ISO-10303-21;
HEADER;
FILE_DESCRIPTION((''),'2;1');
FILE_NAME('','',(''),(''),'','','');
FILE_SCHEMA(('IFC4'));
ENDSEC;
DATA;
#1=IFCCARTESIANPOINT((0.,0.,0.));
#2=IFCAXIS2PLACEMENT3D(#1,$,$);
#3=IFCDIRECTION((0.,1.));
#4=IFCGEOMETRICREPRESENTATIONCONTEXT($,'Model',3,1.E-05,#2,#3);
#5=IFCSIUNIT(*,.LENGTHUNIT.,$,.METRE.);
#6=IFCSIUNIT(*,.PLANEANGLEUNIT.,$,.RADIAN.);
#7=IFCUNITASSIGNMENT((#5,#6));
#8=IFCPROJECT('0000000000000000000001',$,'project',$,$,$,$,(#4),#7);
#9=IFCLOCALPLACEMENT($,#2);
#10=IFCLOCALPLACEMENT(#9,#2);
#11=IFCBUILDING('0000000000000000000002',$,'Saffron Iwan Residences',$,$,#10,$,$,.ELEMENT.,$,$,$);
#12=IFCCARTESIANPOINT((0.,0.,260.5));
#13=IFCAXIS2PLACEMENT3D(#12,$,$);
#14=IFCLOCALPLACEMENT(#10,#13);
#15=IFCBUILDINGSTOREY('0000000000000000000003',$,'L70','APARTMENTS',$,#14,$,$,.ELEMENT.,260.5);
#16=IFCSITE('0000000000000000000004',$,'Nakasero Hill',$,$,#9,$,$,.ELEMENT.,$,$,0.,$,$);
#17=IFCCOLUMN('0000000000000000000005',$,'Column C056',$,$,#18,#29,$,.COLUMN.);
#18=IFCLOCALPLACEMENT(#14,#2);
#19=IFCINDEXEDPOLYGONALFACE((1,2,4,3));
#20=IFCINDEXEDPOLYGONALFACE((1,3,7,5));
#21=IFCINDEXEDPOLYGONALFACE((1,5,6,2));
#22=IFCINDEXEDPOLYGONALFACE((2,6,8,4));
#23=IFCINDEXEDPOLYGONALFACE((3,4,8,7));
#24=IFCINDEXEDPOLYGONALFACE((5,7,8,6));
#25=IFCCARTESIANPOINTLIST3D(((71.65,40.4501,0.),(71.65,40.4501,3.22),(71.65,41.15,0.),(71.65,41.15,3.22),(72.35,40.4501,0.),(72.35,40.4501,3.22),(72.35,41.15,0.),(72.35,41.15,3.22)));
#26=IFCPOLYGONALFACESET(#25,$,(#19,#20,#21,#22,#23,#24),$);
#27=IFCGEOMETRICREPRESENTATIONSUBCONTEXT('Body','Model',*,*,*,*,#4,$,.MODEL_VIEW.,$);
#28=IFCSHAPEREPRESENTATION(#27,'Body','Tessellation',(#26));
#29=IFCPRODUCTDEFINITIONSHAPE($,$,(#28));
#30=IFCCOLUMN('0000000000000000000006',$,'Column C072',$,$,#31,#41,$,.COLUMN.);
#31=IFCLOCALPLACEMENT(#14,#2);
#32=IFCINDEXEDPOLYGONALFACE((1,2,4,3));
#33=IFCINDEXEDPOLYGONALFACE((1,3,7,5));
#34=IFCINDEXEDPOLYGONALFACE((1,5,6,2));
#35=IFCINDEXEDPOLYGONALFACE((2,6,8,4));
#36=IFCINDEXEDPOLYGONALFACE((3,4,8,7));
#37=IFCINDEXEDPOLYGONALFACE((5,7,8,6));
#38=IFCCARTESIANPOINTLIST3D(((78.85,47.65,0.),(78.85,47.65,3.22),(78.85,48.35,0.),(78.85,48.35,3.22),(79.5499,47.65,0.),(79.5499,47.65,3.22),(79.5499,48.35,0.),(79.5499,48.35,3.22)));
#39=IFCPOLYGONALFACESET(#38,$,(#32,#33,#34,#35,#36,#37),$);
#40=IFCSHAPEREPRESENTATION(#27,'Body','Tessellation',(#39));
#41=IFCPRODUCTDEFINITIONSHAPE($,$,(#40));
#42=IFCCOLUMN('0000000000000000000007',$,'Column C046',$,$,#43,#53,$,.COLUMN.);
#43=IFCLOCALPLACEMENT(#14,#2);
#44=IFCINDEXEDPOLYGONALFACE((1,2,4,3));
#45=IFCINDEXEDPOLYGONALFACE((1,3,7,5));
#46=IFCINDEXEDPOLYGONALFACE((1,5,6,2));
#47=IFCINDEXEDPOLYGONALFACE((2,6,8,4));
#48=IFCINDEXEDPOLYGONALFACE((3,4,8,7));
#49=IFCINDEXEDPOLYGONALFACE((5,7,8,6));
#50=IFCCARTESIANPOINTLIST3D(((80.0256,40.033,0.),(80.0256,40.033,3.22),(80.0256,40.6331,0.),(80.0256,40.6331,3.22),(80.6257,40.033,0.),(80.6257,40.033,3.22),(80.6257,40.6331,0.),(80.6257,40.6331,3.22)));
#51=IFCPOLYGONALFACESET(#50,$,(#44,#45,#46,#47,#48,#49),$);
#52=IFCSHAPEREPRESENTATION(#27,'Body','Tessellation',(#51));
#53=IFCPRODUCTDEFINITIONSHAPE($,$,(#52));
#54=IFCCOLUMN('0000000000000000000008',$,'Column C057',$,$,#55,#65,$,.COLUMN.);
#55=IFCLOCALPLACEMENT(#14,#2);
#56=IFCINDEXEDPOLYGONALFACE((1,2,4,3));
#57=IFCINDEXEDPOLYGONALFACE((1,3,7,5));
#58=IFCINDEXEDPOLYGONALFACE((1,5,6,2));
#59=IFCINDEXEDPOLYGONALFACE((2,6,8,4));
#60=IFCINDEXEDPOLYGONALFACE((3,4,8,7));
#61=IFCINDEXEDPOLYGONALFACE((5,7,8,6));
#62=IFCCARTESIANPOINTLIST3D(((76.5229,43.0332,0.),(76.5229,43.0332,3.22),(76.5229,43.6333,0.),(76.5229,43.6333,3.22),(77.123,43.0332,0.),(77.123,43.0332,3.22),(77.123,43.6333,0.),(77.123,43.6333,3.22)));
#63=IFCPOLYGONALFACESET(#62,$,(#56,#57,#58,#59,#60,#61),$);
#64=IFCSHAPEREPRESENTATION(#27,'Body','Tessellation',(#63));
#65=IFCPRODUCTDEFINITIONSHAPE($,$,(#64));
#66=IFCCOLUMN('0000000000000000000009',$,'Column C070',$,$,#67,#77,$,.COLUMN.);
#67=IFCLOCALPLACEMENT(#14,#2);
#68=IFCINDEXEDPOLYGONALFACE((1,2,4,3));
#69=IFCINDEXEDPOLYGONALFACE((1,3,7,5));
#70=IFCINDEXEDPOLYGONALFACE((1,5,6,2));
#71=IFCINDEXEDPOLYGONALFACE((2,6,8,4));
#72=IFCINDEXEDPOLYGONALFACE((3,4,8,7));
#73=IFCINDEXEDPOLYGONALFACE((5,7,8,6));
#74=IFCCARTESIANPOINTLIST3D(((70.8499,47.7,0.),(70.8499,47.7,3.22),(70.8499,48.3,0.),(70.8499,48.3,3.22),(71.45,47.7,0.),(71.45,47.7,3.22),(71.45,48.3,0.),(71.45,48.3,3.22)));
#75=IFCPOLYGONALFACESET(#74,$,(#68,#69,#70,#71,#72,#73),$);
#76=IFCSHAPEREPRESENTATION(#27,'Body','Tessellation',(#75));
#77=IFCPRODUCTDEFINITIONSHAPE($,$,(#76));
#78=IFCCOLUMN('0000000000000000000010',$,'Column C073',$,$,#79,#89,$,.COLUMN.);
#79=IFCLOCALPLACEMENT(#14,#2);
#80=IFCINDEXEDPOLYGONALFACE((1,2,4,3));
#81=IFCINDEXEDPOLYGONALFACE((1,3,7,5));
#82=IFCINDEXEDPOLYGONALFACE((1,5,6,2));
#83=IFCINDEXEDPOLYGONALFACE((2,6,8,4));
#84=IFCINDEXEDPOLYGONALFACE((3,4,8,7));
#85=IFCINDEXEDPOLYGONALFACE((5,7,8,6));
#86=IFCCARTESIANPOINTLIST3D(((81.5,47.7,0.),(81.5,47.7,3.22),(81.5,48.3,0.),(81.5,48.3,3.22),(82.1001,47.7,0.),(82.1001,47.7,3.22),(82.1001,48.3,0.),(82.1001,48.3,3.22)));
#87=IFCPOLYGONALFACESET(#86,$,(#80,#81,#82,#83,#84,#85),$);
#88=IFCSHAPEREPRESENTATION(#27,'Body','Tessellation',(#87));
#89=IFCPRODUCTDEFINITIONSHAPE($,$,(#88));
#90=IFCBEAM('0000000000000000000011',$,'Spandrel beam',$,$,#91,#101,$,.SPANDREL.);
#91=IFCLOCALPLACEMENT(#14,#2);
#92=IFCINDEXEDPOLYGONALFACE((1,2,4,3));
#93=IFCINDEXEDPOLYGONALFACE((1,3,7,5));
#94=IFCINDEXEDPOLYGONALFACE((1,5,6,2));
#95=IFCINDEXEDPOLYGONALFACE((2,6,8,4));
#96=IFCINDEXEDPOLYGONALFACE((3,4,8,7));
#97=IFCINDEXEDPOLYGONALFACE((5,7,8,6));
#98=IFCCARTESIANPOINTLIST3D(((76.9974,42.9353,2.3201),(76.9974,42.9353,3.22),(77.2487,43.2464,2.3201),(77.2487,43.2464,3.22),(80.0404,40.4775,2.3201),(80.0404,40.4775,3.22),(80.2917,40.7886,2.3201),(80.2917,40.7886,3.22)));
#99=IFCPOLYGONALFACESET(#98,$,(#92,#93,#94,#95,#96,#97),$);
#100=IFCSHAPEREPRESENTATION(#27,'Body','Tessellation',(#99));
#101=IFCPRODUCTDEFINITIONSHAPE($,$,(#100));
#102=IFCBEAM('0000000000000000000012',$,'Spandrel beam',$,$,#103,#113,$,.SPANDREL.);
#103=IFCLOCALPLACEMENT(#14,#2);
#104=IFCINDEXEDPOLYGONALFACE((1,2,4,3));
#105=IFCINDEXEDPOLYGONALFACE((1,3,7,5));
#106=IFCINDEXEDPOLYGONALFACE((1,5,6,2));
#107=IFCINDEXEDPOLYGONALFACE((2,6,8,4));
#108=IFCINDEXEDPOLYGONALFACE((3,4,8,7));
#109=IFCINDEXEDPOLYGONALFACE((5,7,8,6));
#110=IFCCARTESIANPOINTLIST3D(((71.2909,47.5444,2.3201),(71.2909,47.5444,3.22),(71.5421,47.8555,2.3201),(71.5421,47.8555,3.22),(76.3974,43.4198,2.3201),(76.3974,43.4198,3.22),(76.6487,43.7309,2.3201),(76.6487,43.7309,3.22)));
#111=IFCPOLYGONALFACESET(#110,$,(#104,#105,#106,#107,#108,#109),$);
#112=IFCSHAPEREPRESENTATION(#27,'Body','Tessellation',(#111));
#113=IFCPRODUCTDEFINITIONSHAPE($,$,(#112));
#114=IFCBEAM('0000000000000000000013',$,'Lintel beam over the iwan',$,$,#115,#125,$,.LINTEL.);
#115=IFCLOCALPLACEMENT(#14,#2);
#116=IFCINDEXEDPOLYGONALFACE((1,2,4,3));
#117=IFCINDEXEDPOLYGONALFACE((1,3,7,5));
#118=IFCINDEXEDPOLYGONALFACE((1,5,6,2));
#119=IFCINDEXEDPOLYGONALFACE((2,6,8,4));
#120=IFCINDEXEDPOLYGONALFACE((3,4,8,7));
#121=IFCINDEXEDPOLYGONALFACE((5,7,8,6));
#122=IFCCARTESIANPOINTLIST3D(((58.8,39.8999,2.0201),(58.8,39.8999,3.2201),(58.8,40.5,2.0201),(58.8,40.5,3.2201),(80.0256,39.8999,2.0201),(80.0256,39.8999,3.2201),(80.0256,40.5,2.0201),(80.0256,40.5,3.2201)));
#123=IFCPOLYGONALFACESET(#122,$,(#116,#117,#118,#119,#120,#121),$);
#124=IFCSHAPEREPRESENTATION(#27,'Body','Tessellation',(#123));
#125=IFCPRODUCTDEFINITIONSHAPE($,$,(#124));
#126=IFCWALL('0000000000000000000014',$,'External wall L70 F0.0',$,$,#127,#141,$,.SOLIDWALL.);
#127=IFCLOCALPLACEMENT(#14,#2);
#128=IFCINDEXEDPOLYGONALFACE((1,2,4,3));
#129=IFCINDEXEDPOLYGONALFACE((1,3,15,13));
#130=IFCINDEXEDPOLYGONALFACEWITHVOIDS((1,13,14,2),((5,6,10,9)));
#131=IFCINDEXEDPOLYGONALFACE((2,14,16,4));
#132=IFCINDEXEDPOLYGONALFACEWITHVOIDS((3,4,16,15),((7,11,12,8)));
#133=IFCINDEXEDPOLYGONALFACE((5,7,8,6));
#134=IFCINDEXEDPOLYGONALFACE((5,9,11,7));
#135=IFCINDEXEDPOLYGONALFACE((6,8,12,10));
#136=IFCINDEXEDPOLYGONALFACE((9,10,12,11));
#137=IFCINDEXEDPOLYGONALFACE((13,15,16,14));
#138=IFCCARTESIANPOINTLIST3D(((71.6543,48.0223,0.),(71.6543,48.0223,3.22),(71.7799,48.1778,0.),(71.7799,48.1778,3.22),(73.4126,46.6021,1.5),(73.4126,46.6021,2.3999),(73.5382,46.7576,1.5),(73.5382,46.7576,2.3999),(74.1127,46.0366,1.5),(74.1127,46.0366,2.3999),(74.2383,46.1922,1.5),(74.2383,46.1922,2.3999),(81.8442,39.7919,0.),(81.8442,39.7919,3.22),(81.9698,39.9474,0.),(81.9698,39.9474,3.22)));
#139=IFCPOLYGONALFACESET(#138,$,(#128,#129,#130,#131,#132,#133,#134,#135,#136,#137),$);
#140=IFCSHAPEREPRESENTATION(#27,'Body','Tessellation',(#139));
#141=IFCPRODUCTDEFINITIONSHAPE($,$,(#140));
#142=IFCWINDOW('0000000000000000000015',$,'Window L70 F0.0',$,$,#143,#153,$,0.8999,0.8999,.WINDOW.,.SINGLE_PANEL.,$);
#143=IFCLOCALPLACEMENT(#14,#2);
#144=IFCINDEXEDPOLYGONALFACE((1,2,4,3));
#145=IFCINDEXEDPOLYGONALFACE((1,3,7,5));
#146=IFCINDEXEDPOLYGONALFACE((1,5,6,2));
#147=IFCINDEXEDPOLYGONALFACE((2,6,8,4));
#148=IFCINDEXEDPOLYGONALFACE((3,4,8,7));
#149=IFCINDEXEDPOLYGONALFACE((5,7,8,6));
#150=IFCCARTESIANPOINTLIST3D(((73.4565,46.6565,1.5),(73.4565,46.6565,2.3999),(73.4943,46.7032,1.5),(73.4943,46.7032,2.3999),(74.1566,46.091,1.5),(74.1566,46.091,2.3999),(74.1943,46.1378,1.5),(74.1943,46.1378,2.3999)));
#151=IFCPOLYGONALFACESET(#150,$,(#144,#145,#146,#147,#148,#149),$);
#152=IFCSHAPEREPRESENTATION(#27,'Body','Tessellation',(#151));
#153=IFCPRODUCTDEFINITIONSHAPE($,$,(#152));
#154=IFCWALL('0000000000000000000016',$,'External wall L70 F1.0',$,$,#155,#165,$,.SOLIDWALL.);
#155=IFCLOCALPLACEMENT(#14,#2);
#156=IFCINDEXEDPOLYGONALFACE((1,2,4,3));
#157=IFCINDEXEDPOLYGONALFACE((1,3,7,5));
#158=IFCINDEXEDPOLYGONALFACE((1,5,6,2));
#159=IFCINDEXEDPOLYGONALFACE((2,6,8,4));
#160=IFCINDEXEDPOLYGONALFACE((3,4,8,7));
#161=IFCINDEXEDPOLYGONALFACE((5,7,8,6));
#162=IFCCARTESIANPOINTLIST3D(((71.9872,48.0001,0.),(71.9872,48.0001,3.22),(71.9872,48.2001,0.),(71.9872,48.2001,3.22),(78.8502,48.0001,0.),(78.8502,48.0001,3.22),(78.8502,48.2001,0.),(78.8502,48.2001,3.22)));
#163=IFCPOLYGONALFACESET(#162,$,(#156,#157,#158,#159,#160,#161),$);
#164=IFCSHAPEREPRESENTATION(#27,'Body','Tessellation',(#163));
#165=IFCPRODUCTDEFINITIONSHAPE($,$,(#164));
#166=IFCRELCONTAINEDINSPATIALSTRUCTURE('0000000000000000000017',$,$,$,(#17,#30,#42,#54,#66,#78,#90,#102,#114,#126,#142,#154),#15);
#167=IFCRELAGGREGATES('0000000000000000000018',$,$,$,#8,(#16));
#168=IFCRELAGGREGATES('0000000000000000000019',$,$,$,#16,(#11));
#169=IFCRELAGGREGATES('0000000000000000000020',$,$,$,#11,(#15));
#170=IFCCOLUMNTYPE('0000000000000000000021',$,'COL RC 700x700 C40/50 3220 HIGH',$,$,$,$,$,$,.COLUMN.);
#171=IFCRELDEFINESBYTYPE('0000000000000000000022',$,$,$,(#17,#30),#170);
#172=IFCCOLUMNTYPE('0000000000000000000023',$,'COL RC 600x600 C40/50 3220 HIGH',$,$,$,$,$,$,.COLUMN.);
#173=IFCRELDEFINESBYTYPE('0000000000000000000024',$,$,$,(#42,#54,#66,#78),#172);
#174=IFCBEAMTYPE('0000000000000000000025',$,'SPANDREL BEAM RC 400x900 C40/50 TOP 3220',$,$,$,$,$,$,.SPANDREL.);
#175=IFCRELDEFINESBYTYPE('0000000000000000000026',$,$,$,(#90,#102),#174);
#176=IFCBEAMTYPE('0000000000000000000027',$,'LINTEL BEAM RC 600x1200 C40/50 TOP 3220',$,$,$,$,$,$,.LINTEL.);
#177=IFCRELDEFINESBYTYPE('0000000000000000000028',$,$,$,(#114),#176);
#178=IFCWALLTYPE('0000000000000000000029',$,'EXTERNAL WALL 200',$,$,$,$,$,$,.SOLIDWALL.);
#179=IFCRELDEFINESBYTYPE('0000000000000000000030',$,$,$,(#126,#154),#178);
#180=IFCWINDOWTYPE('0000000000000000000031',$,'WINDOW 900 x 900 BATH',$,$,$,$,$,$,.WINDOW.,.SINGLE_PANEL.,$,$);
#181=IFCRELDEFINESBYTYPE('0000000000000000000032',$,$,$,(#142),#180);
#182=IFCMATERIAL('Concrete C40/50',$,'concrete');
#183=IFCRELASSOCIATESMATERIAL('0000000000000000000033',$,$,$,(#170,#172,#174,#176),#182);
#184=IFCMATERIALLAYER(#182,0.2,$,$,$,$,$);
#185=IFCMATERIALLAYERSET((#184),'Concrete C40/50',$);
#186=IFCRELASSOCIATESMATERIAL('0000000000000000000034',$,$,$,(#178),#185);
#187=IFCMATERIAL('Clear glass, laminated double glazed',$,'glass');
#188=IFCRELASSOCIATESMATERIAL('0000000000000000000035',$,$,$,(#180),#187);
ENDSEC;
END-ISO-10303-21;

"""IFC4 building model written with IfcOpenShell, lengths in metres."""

from ifc_helpers import new_model, si_unit, direction, frame, frame_2d, origin, origin_2d, place, context, subcontext, project, spatial, rectangle, extrude, source, transform, mapped, material, layer, layer_set, material_profile, profile_set, type_object, element, fill, save


model = new_model("IFC4")

# Units and contexts
model_context = context("Model", 3, precision=1e-05, world=origin(), true_north=direction((0.0, 1.0)))
body_context = subcontext(model_context, "Body", "Model", "MODEL_VIEW")
ifc_project = project(units=[si_unit("LENGTHUNIT", "METRE"), si_unit("PLANEANGLEUNIT", "RADIAN")], contexts=[model_context])

# Site, building, storey
site_placement = place(None, origin())
site = spatial("IfcSite", under=ifc_project, at=site_placement, Name="Nakasero Hill", CompositionType="ELEMENT", RefElevation=0.0)
building_placement = place(site_placement, origin())
building = spatial("IfcBuilding", under=site, at=building_placement, Name="Saffron Iwan Residences", CompositionType="ELEMENT")
storey_placement = place(building_placement, frame((0.0, 0.0, 260.5)))
storey = spatial("IfcBuildingStorey", under=building, at=storey_placement, Name="L70", Description="APARTMENTS", CompositionType="ELEMENT", Elevation=260.5)

# Columns
ifc_material_1 = material(Name="Concrete C40/50", Category="concrete")
ifc_material_profile_1 = material_profile(ifc_material_1, rectangle(XDim=0.7, YDim=0.7, at=origin_2d()), Name="RC 700x700")
ifc_profile_set_1 = profile_set([ifc_material_profile_1], Name="Concrete C40/50")
column_type_1 = type_object("IfcColumnType", Name="COL RC 700x700 C40/50 3220 HIGH", PredefinedType="COLUMN", material=ifc_profile_set_1)
shared_shape_1 = source(origin(), body_context, "Body", "SweptSolid", [
    extrude(rectangle(XDim=0.7, YDim=0.7, at=origin_2d()), origin(), (0.0, 0.0, 1.0), 3.22),
])
for number, where, z_axis, x_axis, name in (
    (1, (72.0, 40.8, 0.0), (0.0, 0.0, 1.0), (1.0, 0.0, 0.0), "Column C056"),
    (2, (79.2, 48.0, 0.0), (0.0, 0.0, 1.0), (1.0, 0.0, 0.0), "Column C072"),
):
    element("IfcColumn", number, at=place(storey_placement, frame(where, z_axis=z_axis, x_axis=x_axis)), inside=storey, type_object=column_type_1, Name=name, PredefinedType="COLUMN", context=body_context, shape_type="MappedRepresentation", body=[
        mapped(shared_shape_1, transform((0.0, 0.0, 0.0))),
    ])
ifc_material_profile_2 = material_profile(ifc_material_1, rectangle(XDim=0.6001, YDim=0.6001, at=origin_2d()), Name="RC 600x600")
ifc_profile_set_2 = profile_set([ifc_material_profile_2], Name="Concrete C40/50")
column_type_2 = type_object("IfcColumnType", Name="COL RC 600x600 C40/50 3220 HIGH", PredefinedType="COLUMN", material=ifc_profile_set_2)
shared_shape_2 = source(origin(), body_context, "Body", "SweptSolid", [
    extrude(rectangle(XDim=0.6001, YDim=0.6001, at=origin_2d()), origin(), (0.0, 0.0, 1.0), 3.22),
])
for number, where, z_axis, x_axis, name in (
    (3, (80.3257, 40.333, 0.0), (0.0, 0.0, 1.0), (1.0, 0.0, 0.0), "Column C046"),
    (4, (76.823, 43.3333, 0.0), (0.0, 0.0, 1.0), (1.0, 0.0, 0.0), "Column C057"),
    (5, (71.1499, 48.0, 0.0), (0.0, 0.0, 1.0), (1.0, 0.0, 0.0), "Column C070"),
    (6, (81.8, 48.0, 0.0), (0.0, 0.0, 1.0), (1.0, 0.0, 0.0), "Column C073"),
):
    element("IfcColumn", number, at=place(storey_placement, frame(where, z_axis=z_axis, x_axis=x_axis)), inside=storey, type_object=column_type_2, Name=name, PredefinedType="COLUMN", context=body_context, shape_type="MappedRepresentation", body=[
        mapped(shared_shape_2, transform((0.0, 0.0, 0.0))),
    ])

# Beams
ifc_material_profile_3 = material_profile(ifc_material_1, rectangle(XDim=0.3999, YDim=0.8999, at=origin_2d()), Name="RC 400x900")
ifc_profile_set_3 = profile_set([ifc_material_profile_3], Name="Concrete C40/50")
beam_type_1 = type_object("IfcBeamType", Name="SPANDREL BEAM RC 400x900 C40/50 TOP 3220", PredefinedType="SPANDREL", material=ifc_profile_set_3)
shared_shape_3 = source(origin(), body_context, "Body", "SweptSolid", [
    extrude(rectangle(XDim=0.3999, YDim=0.8999, at=origin_2d()), origin(), (0.0, 0.0, 1.0), 3.9116),
])
beam_1_placement = place(storey_placement, frame((77.123, 43.0908, 2.77), z_axis=(0.777944, -0.628334, 0.0), x_axis=(0.628334, 0.777944, 0.0)))
element("IfcBeam", 7, at=beam_1_placement, inside=storey, type_object=beam_type_1, Name="Spandrel beam", PredefinedType="SPANDREL", context=body_context, shape_type="MappedRepresentation", body=[
    mapped(shared_shape_3, transform((0.0, 0.0, 0.0))),
])
shared_shape_4 = source(origin(), body_context, "Body", "SweptSolid", [
    extrude(rectangle(XDim=0.3999, YDim=0.8999, at=origin_2d()), origin(), (0.0, 0.0, 1.0), 6.5642),
])
beam_2_placement = place(storey_placement, frame((71.4165, 47.7, 2.77), z_axis=(0.777936, -0.628344, 0.0), x_axis=(0.628344, 0.777936, 0.0)))
element("IfcBeam", 8, at=beam_2_placement, inside=storey, type_object=beam_type_1, Name="Spandrel beam", PredefinedType="SPANDREL", context=body_context, shape_type="MappedRepresentation", body=[
    mapped(shared_shape_4, transform((0.0, 0.0, 0.0))),
])
ifc_material_profile_4 = material_profile(ifc_material_1, rectangle(XDim=0.6001, YDim=1.2, at=origin_2d()), Name="RC 600x1200")
ifc_profile_set_4 = profile_set([ifc_material_profile_4], Name="Concrete C40/50")
beam_type_2 = type_object("IfcBeamType", Name="LINTEL BEAM RC 600x1200 C40/50 TOP 3220", PredefinedType="LINTEL", material=ifc_profile_set_4)
shared_shape_5 = source(origin(), body_context, "Body", "SweptSolid", [
    extrude(rectangle(XDim=0.6001, YDim=1.2, at=origin_2d()), origin(), (0.0, 0.0, 1.0), 21.2256),
])
beam_3_placement = place(storey_placement, frame((80.0256, 40.2, 2.6201), z_axis=(-1.0, 0.0, 0.0), x_axis=(0.0, -1.0, 0.0)))
element("IfcBeam", 9, at=beam_3_placement, inside=storey, type_object=beam_type_2, Name="Lintel beam over the iwan", PredefinedType="LINTEL", context=body_context, shape_type="MappedRepresentation", body=[
    mapped(shared_shape_5, transform((0.0, 0.0, 0.0))),
])

# Wall, opening, window
ifc_layer_1 = layer(ifc_material_1, 0.2)
ifc_layer_set_1 = layer_set([ifc_layer_1], Name="Concrete C40/50")
wall_type_1 = type_object("IfcWallType", Name="EXTERNAL WALL 200", PredefinedType="SOLIDWALL", material=ifc_layer_set_1)
wall_1_placement = place(storey_placement, frame((81.907, 39.8696, 0.0), z_axis=(0.0, 0.0, 1.0), x_axis=(-0.777936, 0.628343, 0.0)))
wall_1 = element("IfcWall", 10, at=wall_1_placement, inside=storey, type_object=wall_type_1, Name="External wall L70 F0.0", PredefinedType="SOLIDWALL", context=body_context, shape_type="SweptSolid", body=[
    extrude(rectangle(XDim=13.0986, YDim=0.2, at=frame_2d((6.5493, 0.0))), origin(), (0.0, 0.0, 1.0), 3.22),
])
opening_1_placement = place(wall_1_placement, frame((9.9385, 0.0, 1.5)))
opening_1 = element("IfcOpeningElement", 11, at=opening_1_placement, cuts=wall_1, PredefinedType="OPENING", context=body_context, shape_type="SweptSolid", body=[
    extrude(rectangle(XDim=0.8999, YDim=0.8999, at=frame_2d((0.45, 0.45))), frame((0.0, 0.1099, 0.0), z_axis=(0.0, -1.0, 0.0), x_axis=(1.0, 0.0, 0.0)), (0.0, 0.0, 1.0), 0.22),
])
ifc_material_2 = material(Name="Clear glass, laminated double glazed", Category="glass")
window_type_1 = type_object("IfcWindowType", Name="WINDOW 900 x 900 BATH", PartitioningType="SINGLE_PANEL", PredefinedType="WINDOW", material=ifc_material_2)
window_1_placement = place(opening_1_placement, origin())
window_1 = element("IfcWindow", 12, at=window_1_placement, inside=storey, type_object=window_type_1, Name="Window L70 F0.0", OverallHeight=0.8999, OverallWidth=0.8999, PartitioningType="SINGLE_PANEL", PredefinedType="WINDOW", context=body_context, shape_type="SweptSolid", body=[
    extrude(rectangle(XDim=0.8999, YDim=0.8999, at=frame_2d((0.45, 0.45))), frame((0.0, 0.03, 0.0), z_axis=(0.0, -1.0, 0.0), x_axis=(1.0, 0.0, 0.0)), (0.0, 0.0, 1.0), 0.0601),
])
fill(opening_1, window_1)

# Wall
wall_2_placement = place(storey_placement, frame((71.9871, 48.1001, 0.0), z_axis=(0.0, 0.0, 1.0), x_axis=(1.0, 0.0, 0.0)))
element("IfcWall", 13, at=wall_2_placement, inside=storey, type_object=wall_type_1, Name="External wall L70 F1.0", PredefinedType="SOLIDWALL", context=body_context, shape_type="SweptSolid", body=[
    extrude(rectangle(XDim=6.863, YDim=0.2, at=frame_2d((3.4316, 0.0))), origin(), (0.0, 0.0, 1.0), 3.22),
])

save(model, "model.ifc")
